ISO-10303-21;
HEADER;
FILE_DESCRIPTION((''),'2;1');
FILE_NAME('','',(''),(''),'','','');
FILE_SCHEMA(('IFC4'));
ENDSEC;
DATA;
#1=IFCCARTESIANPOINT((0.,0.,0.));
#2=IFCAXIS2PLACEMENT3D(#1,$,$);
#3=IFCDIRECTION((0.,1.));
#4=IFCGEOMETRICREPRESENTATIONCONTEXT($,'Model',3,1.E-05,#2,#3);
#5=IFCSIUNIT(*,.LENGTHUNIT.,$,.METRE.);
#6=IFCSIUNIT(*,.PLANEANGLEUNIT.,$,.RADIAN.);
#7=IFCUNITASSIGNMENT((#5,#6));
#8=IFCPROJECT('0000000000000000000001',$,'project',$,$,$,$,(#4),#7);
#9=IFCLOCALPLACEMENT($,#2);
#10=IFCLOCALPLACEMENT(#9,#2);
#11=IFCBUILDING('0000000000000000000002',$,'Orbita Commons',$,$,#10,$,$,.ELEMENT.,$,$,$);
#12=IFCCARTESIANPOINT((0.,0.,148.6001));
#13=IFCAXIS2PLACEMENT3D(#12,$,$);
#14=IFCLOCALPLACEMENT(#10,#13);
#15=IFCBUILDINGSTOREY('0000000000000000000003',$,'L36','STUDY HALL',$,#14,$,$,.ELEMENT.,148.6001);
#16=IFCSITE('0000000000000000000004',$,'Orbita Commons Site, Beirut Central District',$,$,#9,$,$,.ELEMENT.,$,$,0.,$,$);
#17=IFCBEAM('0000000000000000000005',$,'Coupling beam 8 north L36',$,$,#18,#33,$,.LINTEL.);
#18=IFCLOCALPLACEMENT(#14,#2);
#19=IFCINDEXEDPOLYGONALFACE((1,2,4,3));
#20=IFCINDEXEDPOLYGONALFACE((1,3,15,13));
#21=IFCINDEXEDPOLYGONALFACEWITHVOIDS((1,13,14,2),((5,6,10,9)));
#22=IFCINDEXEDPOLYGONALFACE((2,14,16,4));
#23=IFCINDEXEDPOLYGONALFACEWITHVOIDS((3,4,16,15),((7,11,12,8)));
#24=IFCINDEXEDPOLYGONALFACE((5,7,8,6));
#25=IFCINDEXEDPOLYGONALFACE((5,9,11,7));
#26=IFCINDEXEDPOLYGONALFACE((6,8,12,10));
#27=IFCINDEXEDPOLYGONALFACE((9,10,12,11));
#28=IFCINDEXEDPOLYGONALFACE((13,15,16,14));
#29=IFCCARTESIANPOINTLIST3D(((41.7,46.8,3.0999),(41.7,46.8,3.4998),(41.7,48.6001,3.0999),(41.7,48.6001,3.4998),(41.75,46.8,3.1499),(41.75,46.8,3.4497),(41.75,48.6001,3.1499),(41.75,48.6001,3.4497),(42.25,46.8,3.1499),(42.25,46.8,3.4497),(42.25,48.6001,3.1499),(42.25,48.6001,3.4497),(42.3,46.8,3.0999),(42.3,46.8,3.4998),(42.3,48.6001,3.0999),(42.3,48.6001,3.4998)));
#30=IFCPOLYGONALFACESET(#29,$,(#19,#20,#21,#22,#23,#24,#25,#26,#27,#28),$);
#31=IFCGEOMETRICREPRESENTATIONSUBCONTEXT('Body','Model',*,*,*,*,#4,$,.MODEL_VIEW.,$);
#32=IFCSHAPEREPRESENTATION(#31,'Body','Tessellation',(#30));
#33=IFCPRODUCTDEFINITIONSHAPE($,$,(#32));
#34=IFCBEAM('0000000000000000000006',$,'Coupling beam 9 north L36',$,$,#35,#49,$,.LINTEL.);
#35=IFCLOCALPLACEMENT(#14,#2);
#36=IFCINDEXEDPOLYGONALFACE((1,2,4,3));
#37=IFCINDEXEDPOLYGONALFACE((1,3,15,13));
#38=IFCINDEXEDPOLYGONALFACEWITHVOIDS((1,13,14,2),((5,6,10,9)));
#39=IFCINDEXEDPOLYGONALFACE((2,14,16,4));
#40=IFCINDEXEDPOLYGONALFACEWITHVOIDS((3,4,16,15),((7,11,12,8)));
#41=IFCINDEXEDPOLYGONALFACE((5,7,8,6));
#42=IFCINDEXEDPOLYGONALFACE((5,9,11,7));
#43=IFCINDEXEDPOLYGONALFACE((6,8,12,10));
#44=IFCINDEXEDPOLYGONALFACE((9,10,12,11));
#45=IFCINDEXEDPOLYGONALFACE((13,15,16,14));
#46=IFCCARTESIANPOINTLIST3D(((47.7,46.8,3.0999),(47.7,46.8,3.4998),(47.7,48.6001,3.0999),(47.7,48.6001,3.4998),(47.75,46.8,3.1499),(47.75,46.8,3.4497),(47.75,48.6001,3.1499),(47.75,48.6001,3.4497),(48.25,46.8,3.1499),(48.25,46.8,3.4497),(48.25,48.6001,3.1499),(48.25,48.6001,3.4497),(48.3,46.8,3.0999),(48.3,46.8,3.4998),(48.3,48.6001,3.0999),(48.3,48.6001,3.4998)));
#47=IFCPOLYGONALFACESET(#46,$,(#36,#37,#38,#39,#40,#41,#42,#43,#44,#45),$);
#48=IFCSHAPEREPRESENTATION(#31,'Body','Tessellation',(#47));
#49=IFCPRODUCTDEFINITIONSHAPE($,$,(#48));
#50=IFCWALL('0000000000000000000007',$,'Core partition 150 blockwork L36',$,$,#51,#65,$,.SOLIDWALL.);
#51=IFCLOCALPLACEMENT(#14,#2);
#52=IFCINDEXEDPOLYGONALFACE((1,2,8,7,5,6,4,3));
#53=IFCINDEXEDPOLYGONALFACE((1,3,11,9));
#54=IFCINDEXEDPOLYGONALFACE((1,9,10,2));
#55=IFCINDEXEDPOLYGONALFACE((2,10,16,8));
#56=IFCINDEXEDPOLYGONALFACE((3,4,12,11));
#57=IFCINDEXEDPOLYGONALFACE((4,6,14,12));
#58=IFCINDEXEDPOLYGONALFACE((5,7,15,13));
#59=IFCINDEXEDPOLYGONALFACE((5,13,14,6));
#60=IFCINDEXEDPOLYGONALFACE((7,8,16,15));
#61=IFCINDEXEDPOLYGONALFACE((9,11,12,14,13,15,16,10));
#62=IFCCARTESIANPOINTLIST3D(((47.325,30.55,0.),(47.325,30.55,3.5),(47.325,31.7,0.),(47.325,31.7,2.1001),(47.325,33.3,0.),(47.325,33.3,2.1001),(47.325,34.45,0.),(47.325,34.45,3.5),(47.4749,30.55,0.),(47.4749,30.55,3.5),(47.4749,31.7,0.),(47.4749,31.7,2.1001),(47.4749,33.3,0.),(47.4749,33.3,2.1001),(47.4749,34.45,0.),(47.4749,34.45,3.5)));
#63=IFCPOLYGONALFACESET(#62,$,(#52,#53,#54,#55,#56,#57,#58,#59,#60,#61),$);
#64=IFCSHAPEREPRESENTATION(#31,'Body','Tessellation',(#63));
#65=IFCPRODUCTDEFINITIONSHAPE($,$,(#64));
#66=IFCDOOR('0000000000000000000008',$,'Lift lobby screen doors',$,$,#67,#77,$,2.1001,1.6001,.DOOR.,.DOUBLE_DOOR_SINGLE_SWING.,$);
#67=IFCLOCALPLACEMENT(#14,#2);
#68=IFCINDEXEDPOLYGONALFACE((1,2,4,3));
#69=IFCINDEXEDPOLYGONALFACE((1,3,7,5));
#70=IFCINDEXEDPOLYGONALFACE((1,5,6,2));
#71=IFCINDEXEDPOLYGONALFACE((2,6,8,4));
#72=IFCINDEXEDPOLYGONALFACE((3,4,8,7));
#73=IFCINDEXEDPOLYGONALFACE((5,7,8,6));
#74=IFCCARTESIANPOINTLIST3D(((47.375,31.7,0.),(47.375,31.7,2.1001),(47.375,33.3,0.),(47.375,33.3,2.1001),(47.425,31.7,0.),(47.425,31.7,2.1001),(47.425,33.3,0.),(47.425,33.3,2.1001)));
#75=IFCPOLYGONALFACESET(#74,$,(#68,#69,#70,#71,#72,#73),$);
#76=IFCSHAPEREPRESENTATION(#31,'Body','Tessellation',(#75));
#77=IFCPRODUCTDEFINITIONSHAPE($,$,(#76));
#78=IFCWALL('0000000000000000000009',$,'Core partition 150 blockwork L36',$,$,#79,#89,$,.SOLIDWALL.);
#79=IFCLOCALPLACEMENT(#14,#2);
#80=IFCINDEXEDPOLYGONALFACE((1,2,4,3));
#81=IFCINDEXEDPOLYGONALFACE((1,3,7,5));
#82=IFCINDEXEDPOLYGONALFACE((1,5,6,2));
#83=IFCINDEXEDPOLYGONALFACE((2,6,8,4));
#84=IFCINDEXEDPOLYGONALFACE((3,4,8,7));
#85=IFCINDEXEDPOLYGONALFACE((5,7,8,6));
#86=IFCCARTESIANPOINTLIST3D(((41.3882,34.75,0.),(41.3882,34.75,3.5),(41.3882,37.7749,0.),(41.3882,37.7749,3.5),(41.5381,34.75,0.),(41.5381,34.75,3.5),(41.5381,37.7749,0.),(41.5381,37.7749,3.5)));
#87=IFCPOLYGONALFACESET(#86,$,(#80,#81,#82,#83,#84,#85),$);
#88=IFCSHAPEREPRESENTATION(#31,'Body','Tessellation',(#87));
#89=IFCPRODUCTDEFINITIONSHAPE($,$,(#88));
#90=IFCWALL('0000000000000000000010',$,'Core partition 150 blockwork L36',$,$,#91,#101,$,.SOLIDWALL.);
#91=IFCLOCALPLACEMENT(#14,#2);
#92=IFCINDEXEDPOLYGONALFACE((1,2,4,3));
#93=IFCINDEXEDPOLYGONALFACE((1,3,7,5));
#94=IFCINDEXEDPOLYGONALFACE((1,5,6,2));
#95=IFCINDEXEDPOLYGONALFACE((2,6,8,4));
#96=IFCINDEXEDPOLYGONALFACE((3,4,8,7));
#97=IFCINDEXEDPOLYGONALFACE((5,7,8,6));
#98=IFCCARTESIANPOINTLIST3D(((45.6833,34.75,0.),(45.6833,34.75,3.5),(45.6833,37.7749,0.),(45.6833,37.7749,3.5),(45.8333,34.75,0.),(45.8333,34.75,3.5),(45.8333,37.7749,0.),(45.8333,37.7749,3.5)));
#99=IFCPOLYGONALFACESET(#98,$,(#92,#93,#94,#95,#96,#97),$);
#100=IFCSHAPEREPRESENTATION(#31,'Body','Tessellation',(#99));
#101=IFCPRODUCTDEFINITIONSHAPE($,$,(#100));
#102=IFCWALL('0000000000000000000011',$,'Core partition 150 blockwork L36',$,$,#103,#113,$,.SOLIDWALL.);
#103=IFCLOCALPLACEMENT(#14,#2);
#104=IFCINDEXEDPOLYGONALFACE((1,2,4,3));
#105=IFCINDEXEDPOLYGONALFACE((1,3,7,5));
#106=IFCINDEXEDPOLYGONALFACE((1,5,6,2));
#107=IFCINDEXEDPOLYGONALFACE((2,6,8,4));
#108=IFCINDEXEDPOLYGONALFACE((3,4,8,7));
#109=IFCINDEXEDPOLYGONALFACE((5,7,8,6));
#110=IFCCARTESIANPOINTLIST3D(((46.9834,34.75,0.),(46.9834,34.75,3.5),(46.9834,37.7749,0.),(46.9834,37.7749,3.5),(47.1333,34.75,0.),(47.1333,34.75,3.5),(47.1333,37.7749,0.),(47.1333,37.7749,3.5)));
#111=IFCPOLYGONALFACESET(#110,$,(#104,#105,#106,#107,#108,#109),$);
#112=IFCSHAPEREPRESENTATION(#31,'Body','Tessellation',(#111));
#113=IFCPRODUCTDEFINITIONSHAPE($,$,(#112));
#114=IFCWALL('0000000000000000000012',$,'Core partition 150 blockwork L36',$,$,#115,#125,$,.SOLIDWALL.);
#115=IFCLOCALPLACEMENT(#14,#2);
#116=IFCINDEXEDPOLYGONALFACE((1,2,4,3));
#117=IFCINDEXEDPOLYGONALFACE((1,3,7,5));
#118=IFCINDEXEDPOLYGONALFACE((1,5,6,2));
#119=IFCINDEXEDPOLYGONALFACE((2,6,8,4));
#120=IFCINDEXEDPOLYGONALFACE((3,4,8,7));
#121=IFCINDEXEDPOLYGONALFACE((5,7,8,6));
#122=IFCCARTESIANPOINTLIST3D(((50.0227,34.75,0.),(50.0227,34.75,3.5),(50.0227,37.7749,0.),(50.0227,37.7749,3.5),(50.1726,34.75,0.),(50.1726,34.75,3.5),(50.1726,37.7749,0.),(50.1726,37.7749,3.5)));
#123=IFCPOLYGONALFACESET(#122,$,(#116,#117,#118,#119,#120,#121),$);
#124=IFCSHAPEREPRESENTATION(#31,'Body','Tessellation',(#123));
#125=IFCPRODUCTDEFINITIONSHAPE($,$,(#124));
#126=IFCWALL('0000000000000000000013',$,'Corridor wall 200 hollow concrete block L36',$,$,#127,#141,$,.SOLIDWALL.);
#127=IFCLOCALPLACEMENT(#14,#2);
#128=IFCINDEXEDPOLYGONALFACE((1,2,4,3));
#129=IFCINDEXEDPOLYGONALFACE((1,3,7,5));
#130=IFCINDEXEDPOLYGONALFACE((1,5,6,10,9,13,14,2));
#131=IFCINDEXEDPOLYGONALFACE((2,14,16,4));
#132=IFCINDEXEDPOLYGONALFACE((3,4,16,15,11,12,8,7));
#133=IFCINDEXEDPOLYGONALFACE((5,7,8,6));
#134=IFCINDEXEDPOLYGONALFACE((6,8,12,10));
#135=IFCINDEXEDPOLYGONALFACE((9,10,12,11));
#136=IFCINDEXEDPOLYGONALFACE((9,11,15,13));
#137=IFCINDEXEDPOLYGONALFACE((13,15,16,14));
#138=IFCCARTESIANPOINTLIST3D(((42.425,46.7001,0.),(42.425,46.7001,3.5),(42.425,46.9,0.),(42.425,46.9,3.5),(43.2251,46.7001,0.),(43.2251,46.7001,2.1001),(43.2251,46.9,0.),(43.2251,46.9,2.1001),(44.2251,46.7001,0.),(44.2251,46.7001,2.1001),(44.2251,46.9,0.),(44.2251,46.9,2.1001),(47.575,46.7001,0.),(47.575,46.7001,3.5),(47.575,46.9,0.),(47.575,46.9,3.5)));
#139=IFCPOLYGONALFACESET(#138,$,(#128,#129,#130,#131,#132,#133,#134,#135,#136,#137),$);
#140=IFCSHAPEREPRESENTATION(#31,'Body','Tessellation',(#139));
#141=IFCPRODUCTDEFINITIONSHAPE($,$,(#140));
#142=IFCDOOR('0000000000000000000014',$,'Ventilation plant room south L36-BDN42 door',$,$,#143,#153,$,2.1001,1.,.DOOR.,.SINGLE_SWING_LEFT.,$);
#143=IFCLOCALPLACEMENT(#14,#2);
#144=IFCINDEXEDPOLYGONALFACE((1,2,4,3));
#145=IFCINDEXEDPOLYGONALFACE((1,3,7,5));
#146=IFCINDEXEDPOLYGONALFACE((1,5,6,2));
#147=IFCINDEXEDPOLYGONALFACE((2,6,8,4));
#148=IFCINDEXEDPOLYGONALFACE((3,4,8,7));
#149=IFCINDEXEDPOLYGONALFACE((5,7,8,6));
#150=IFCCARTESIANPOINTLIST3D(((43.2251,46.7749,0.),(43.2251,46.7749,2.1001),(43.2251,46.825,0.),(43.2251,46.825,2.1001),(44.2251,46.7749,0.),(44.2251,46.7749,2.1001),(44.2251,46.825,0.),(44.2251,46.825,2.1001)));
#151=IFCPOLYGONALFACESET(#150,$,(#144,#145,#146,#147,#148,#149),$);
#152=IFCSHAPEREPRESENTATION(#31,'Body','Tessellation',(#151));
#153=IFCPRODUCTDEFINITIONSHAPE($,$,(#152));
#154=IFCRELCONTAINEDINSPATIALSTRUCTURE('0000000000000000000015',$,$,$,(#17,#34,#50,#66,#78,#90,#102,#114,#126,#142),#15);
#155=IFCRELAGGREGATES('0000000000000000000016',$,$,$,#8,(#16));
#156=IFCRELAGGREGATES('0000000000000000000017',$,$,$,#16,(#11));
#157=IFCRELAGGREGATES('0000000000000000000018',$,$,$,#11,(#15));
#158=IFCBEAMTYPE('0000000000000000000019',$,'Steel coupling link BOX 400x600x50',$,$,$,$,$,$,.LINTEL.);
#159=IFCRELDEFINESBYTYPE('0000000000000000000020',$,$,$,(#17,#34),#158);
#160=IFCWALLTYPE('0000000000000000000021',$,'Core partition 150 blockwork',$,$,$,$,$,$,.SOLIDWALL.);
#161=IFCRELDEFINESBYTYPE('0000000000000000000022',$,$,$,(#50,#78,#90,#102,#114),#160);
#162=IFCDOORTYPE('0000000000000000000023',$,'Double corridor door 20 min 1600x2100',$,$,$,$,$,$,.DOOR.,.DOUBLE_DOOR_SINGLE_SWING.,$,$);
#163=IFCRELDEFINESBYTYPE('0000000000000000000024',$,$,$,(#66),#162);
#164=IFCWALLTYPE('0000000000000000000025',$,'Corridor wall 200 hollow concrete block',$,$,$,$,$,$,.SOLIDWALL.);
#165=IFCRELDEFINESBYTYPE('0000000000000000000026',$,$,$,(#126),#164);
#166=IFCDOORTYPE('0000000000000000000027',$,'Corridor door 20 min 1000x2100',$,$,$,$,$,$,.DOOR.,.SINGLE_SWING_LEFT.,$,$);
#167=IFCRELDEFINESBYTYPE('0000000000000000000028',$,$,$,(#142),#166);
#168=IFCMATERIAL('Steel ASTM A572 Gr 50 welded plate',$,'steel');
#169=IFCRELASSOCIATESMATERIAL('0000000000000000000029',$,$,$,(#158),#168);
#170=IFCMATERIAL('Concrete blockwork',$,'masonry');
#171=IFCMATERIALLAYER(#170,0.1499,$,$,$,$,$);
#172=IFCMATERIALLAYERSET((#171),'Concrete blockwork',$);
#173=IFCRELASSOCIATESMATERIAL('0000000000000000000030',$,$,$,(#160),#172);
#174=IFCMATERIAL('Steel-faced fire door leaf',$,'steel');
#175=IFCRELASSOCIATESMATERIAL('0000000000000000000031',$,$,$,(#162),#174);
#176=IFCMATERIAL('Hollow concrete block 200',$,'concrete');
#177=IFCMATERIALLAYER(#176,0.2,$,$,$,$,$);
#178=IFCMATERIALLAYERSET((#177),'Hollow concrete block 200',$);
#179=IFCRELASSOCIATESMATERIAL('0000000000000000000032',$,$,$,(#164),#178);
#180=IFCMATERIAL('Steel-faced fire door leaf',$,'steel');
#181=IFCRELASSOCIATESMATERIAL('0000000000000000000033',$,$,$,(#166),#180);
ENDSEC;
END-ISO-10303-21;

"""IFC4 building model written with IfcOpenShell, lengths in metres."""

from ifc_helpers import new_model, si_unit, direction, frame, frame_2d, origin, origin_2d, place, context, subcontext, project, spatial, rectangle, hollow_rectangle, extrude, material, layer, layer_set, material_profile, profile_set, type_object, element, fill, save


model = new_model("IFC4")

# Units and contexts
model_context = context("Model", 3, precision=1e-05, world=origin(), true_north=direction((0.0, 1.0)))
body_context = subcontext(model_context, "Body", "Model", "MODEL_VIEW")
ifc_project = project(units=[si_unit("LENGTHUNIT", "METRE"), si_unit("PLANEANGLEUNIT", "RADIAN")], contexts=[model_context])

# Site, building, storey
site_placement = place(None, origin())
site = spatial("IfcSite", under=ifc_project, at=site_placement, Name="Orbita Commons Site, Beirut Central District", CompositionType="ELEMENT", RefElevation=0.0)
building_placement = place(site_placement, origin())
building = spatial("IfcBuilding", under=site, at=building_placement, Name="Orbita Commons", CompositionType="ELEMENT")
storey_placement = place(building_placement, frame((0.0, 0.0, 148.6001)))
storey = spatial("IfcBuildingStorey", under=building, at=storey_placement, Name="L36", Description="STUDY HALL", CompositionType="ELEMENT", Elevation=148.6001)

# Beams
ifc_material_1 = material(Name="Steel ASTM A572 Gr 50 welded plate", Category="steel")
ifc_material_profile = material_profile(ifc_material_1, hollow_rectangle(XDim=0.6001, YDim=0.3999, WallThickness=0.05, at=origin_2d()), Name="BOX 400x600x50")
ifc_profile_set = profile_set([ifc_material_profile], Name="Steel ASTM A572 Gr 50 welded plate")
beam_type = type_object("IfcBeamType", Name="Steel coupling link BOX 400x600x50", PredefinedType="LINTEL", material=ifc_profile_set)
for number, where, z_axis, x_axis, name in (
    (1, (42.0, 46.8, 3.2998), (0.0, 1.0, 0.0), (-1.0, 0.0, 0.0), "Coupling beam 8 north L36"),
    (2, (48.0, 46.8, 3.2998), (0.0, 1.0, 0.0), (-1.0, 0.0, 0.0), "Coupling beam 9 north L36"),
):
    element("IfcBeam", number, at=place(storey_placement, frame(where, z_axis=z_axis, x_axis=x_axis)), inside=storey, type_object=beam_type, Name=name, PredefinedType="LINTEL", context=body_context, shape_type="SweptSolid", body=[
        extrude(hollow_rectangle(XDim=0.6001, YDim=0.3999, WallThickness=0.05, at=origin_2d()), origin(), (0.0, 0.0, 1.0), 1.8),
    ])

# Wall, opening, door
ifc_material_2 = material(Name="Concrete blockwork", Category="masonry")
ifc_layer_1 = layer(ifc_material_2, 0.1499)
ifc_layer_set_1 = layer_set([ifc_layer_1], Name="Concrete blockwork")
wall_type_1 = type_object("IfcWallType", Name="Core partition 150 blockwork", PredefinedType="SOLIDWALL", material=ifc_layer_set_1)
wall_1_placement = place(storey_placement, frame((47.3999, 30.55, 0.0), z_axis=(0.0, 0.0, 1.0), x_axis=(0.0, 1.0, 0.0)))
wall_1 = element("IfcWall", 3, at=wall_1_placement, inside=storey, type_object=wall_type_1, Name="Core partition 150 blockwork L36", PredefinedType="SOLIDWALL", context=body_context, shape_type="SweptSolid", body=[
    extrude(rectangle(XDim=3.8999, YDim=0.1499, at=frame_2d((1.95, 0.0))), origin(), (0.0, 0.0, 1.0), 3.5),
])
opening_1_placement = place(wall_1_placement, frame((1.1499, 0.0, 0.0)))
opening_1 = element("IfcOpeningElement", 4, at=opening_1_placement, cuts=wall_1, PredefinedType="OPENING", context=body_context, shape_type="SweptSolid", body=[
    extrude(rectangle(XDim=1.6001, YDim=2.1001, at=frame_2d((0.8, 1.05))), frame((0.0, 0.085, 0.0), z_axis=(0.0, -1.0, 0.0), x_axis=(1.0, 0.0, 0.0)), (0.0, 0.0, 1.0), 0.1699),
])
ifc_material_3 = material(Name="Steel-faced fire door leaf", Category="steel")
door_type_1 = type_object("IfcDoorType", Name="Double corridor door 20 min 1600x2100", OperationType="DOUBLE_DOOR_SINGLE_SWING", PredefinedType="DOOR", material=ifc_material_3)
door_1_placement = place(opening_1_placement, origin())
door_1 = element("IfcDoor", 5, at=door_1_placement, inside=storey, type_object=door_type_1, Name="Lift lobby screen doors", OperationType="DOUBLE_DOOR_SINGLE_SWING", OverallHeight=2.1001, OverallWidth=1.6001, PredefinedType="DOOR", context=body_context, shape_type="SweptSolid", body=[
    extrude(rectangle(XDim=1.6001, YDim=2.1001, at=frame_2d((0.8, 1.05))), frame((0.0, 0.0249, 0.0), z_axis=(0.0, -1.0, 0.0), x_axis=(1.0, 0.0, 0.0)), (0.0, 0.0, 1.0), 0.05),
])
fill(opening_1, door_1)

# Walls
for number, where, z_axis, x_axis, name in (
    (6, (41.4631, 34.75, 0.0), (0.0, 0.0, 1.0), (0.0, 1.0, 0.0), "Core partition 150 blockwork L36"),
    (7, (45.7583, 34.75, 0.0), (0.0, 0.0, 1.0), (0.0, 1.0, 0.0), "Core partition 150 blockwork L36"),
    (8, (47.0583, 34.75, 0.0), (0.0, 0.0, 1.0), (0.0, 1.0, 0.0), "Core partition 150 blockwork L36"),
    (9, (50.0977, 34.75, 0.0), (0.0, 0.0, 1.0), (0.0, 1.0, 0.0), "Core partition 150 blockwork L36"),
):
    element("IfcWall", number, at=place(storey_placement, frame(where, z_axis=z_axis, x_axis=x_axis)), inside=storey, type_object=wall_type_1, Name=name, PredefinedType="SOLIDWALL", context=body_context, shape_type="SweptSolid", body=[
        extrude(rectangle(XDim=3.0249, YDim=0.1499, at=frame_2d((1.5125, 0.0))), origin(), (0.0, 0.0, 1.0), 3.5),
    ])

# Wall, opening, door
ifc_material_4 = material(Name="Hollow concrete block 200", Category="concrete")
ifc_layer_2 = layer(ifc_material_4, 0.2)
ifc_layer_set_2 = layer_set([ifc_layer_2], Name="Hollow concrete block 200")
wall_type_2 = type_object("IfcWallType", Name="Corridor wall 200 hollow concrete block", PredefinedType="SOLIDWALL", material=ifc_layer_set_2)
wall_2_placement = place(storey_placement, frame((42.425, 46.8, 0.0), z_axis=(0.0, 0.0, 1.0), x_axis=(1.0, 0.0, 0.0)))
wall_2 = element("IfcWall", 10, at=wall_2_placement, inside=storey, type_object=wall_type_2, Name="Corridor wall 200 hollow concrete block L36", PredefinedType="SOLIDWALL", context=body_context, shape_type="SweptSolid", body=[
    extrude(rectangle(XDim=5.1499, YDim=0.2, at=frame_2d((2.575, 0.0))), origin(), (0.0, 0.0, 1.0), 3.5),
])
opening_2_placement = place(wall_2_placement, frame((0.8, 0.0, 0.0)))
opening_2 = element("IfcOpeningElement", 11, at=opening_2_placement, cuts=wall_2, PredefinedType="OPENING", context=body_context, shape_type="SweptSolid", body=[
    extrude(rectangle(XDim=1.0, YDim=2.1001, at=frame_2d((0.5, 1.05))), frame((0.0, 0.1099, 0.0), z_axis=(0.0, -1.0, 0.0), x_axis=(1.0, 0.0, 0.0)), (0.0, 0.0, 1.0), 0.22),
])
ifc_material_5 = material(Name="Steel-faced fire door leaf", Category="steel")
door_type_2 = type_object("IfcDoorType", Name="Corridor door 20 min 1000x2100", OperationType="SINGLE_SWING_LEFT", PredefinedType="DOOR", material=ifc_material_5)
door_2_placement = place(opening_2_placement, origin())
door_2 = element("IfcDoor", 12, at=door_2_placement, inside=storey, type_object=door_type_2, Name="Ventilation plant room south L36-BDN42 door", OperationType="SINGLE_SWING_LEFT", OverallHeight=2.1001, OverallWidth=1.0, PredefinedType="DOOR", context=body_context, shape_type="SweptSolid", body=[
    extrude(rectangle(XDim=1.0, YDim=2.1001, at=frame_2d((0.5, 1.05))), frame((0.0, 0.0249, 0.0), z_axis=(0.0, -1.0, 0.0), x_axis=(1.0, 0.0, 0.0)), (0.0, 0.0, 1.0), 0.05),
])
fill(opening_2, door_2)

save(model, "model.ifc")
